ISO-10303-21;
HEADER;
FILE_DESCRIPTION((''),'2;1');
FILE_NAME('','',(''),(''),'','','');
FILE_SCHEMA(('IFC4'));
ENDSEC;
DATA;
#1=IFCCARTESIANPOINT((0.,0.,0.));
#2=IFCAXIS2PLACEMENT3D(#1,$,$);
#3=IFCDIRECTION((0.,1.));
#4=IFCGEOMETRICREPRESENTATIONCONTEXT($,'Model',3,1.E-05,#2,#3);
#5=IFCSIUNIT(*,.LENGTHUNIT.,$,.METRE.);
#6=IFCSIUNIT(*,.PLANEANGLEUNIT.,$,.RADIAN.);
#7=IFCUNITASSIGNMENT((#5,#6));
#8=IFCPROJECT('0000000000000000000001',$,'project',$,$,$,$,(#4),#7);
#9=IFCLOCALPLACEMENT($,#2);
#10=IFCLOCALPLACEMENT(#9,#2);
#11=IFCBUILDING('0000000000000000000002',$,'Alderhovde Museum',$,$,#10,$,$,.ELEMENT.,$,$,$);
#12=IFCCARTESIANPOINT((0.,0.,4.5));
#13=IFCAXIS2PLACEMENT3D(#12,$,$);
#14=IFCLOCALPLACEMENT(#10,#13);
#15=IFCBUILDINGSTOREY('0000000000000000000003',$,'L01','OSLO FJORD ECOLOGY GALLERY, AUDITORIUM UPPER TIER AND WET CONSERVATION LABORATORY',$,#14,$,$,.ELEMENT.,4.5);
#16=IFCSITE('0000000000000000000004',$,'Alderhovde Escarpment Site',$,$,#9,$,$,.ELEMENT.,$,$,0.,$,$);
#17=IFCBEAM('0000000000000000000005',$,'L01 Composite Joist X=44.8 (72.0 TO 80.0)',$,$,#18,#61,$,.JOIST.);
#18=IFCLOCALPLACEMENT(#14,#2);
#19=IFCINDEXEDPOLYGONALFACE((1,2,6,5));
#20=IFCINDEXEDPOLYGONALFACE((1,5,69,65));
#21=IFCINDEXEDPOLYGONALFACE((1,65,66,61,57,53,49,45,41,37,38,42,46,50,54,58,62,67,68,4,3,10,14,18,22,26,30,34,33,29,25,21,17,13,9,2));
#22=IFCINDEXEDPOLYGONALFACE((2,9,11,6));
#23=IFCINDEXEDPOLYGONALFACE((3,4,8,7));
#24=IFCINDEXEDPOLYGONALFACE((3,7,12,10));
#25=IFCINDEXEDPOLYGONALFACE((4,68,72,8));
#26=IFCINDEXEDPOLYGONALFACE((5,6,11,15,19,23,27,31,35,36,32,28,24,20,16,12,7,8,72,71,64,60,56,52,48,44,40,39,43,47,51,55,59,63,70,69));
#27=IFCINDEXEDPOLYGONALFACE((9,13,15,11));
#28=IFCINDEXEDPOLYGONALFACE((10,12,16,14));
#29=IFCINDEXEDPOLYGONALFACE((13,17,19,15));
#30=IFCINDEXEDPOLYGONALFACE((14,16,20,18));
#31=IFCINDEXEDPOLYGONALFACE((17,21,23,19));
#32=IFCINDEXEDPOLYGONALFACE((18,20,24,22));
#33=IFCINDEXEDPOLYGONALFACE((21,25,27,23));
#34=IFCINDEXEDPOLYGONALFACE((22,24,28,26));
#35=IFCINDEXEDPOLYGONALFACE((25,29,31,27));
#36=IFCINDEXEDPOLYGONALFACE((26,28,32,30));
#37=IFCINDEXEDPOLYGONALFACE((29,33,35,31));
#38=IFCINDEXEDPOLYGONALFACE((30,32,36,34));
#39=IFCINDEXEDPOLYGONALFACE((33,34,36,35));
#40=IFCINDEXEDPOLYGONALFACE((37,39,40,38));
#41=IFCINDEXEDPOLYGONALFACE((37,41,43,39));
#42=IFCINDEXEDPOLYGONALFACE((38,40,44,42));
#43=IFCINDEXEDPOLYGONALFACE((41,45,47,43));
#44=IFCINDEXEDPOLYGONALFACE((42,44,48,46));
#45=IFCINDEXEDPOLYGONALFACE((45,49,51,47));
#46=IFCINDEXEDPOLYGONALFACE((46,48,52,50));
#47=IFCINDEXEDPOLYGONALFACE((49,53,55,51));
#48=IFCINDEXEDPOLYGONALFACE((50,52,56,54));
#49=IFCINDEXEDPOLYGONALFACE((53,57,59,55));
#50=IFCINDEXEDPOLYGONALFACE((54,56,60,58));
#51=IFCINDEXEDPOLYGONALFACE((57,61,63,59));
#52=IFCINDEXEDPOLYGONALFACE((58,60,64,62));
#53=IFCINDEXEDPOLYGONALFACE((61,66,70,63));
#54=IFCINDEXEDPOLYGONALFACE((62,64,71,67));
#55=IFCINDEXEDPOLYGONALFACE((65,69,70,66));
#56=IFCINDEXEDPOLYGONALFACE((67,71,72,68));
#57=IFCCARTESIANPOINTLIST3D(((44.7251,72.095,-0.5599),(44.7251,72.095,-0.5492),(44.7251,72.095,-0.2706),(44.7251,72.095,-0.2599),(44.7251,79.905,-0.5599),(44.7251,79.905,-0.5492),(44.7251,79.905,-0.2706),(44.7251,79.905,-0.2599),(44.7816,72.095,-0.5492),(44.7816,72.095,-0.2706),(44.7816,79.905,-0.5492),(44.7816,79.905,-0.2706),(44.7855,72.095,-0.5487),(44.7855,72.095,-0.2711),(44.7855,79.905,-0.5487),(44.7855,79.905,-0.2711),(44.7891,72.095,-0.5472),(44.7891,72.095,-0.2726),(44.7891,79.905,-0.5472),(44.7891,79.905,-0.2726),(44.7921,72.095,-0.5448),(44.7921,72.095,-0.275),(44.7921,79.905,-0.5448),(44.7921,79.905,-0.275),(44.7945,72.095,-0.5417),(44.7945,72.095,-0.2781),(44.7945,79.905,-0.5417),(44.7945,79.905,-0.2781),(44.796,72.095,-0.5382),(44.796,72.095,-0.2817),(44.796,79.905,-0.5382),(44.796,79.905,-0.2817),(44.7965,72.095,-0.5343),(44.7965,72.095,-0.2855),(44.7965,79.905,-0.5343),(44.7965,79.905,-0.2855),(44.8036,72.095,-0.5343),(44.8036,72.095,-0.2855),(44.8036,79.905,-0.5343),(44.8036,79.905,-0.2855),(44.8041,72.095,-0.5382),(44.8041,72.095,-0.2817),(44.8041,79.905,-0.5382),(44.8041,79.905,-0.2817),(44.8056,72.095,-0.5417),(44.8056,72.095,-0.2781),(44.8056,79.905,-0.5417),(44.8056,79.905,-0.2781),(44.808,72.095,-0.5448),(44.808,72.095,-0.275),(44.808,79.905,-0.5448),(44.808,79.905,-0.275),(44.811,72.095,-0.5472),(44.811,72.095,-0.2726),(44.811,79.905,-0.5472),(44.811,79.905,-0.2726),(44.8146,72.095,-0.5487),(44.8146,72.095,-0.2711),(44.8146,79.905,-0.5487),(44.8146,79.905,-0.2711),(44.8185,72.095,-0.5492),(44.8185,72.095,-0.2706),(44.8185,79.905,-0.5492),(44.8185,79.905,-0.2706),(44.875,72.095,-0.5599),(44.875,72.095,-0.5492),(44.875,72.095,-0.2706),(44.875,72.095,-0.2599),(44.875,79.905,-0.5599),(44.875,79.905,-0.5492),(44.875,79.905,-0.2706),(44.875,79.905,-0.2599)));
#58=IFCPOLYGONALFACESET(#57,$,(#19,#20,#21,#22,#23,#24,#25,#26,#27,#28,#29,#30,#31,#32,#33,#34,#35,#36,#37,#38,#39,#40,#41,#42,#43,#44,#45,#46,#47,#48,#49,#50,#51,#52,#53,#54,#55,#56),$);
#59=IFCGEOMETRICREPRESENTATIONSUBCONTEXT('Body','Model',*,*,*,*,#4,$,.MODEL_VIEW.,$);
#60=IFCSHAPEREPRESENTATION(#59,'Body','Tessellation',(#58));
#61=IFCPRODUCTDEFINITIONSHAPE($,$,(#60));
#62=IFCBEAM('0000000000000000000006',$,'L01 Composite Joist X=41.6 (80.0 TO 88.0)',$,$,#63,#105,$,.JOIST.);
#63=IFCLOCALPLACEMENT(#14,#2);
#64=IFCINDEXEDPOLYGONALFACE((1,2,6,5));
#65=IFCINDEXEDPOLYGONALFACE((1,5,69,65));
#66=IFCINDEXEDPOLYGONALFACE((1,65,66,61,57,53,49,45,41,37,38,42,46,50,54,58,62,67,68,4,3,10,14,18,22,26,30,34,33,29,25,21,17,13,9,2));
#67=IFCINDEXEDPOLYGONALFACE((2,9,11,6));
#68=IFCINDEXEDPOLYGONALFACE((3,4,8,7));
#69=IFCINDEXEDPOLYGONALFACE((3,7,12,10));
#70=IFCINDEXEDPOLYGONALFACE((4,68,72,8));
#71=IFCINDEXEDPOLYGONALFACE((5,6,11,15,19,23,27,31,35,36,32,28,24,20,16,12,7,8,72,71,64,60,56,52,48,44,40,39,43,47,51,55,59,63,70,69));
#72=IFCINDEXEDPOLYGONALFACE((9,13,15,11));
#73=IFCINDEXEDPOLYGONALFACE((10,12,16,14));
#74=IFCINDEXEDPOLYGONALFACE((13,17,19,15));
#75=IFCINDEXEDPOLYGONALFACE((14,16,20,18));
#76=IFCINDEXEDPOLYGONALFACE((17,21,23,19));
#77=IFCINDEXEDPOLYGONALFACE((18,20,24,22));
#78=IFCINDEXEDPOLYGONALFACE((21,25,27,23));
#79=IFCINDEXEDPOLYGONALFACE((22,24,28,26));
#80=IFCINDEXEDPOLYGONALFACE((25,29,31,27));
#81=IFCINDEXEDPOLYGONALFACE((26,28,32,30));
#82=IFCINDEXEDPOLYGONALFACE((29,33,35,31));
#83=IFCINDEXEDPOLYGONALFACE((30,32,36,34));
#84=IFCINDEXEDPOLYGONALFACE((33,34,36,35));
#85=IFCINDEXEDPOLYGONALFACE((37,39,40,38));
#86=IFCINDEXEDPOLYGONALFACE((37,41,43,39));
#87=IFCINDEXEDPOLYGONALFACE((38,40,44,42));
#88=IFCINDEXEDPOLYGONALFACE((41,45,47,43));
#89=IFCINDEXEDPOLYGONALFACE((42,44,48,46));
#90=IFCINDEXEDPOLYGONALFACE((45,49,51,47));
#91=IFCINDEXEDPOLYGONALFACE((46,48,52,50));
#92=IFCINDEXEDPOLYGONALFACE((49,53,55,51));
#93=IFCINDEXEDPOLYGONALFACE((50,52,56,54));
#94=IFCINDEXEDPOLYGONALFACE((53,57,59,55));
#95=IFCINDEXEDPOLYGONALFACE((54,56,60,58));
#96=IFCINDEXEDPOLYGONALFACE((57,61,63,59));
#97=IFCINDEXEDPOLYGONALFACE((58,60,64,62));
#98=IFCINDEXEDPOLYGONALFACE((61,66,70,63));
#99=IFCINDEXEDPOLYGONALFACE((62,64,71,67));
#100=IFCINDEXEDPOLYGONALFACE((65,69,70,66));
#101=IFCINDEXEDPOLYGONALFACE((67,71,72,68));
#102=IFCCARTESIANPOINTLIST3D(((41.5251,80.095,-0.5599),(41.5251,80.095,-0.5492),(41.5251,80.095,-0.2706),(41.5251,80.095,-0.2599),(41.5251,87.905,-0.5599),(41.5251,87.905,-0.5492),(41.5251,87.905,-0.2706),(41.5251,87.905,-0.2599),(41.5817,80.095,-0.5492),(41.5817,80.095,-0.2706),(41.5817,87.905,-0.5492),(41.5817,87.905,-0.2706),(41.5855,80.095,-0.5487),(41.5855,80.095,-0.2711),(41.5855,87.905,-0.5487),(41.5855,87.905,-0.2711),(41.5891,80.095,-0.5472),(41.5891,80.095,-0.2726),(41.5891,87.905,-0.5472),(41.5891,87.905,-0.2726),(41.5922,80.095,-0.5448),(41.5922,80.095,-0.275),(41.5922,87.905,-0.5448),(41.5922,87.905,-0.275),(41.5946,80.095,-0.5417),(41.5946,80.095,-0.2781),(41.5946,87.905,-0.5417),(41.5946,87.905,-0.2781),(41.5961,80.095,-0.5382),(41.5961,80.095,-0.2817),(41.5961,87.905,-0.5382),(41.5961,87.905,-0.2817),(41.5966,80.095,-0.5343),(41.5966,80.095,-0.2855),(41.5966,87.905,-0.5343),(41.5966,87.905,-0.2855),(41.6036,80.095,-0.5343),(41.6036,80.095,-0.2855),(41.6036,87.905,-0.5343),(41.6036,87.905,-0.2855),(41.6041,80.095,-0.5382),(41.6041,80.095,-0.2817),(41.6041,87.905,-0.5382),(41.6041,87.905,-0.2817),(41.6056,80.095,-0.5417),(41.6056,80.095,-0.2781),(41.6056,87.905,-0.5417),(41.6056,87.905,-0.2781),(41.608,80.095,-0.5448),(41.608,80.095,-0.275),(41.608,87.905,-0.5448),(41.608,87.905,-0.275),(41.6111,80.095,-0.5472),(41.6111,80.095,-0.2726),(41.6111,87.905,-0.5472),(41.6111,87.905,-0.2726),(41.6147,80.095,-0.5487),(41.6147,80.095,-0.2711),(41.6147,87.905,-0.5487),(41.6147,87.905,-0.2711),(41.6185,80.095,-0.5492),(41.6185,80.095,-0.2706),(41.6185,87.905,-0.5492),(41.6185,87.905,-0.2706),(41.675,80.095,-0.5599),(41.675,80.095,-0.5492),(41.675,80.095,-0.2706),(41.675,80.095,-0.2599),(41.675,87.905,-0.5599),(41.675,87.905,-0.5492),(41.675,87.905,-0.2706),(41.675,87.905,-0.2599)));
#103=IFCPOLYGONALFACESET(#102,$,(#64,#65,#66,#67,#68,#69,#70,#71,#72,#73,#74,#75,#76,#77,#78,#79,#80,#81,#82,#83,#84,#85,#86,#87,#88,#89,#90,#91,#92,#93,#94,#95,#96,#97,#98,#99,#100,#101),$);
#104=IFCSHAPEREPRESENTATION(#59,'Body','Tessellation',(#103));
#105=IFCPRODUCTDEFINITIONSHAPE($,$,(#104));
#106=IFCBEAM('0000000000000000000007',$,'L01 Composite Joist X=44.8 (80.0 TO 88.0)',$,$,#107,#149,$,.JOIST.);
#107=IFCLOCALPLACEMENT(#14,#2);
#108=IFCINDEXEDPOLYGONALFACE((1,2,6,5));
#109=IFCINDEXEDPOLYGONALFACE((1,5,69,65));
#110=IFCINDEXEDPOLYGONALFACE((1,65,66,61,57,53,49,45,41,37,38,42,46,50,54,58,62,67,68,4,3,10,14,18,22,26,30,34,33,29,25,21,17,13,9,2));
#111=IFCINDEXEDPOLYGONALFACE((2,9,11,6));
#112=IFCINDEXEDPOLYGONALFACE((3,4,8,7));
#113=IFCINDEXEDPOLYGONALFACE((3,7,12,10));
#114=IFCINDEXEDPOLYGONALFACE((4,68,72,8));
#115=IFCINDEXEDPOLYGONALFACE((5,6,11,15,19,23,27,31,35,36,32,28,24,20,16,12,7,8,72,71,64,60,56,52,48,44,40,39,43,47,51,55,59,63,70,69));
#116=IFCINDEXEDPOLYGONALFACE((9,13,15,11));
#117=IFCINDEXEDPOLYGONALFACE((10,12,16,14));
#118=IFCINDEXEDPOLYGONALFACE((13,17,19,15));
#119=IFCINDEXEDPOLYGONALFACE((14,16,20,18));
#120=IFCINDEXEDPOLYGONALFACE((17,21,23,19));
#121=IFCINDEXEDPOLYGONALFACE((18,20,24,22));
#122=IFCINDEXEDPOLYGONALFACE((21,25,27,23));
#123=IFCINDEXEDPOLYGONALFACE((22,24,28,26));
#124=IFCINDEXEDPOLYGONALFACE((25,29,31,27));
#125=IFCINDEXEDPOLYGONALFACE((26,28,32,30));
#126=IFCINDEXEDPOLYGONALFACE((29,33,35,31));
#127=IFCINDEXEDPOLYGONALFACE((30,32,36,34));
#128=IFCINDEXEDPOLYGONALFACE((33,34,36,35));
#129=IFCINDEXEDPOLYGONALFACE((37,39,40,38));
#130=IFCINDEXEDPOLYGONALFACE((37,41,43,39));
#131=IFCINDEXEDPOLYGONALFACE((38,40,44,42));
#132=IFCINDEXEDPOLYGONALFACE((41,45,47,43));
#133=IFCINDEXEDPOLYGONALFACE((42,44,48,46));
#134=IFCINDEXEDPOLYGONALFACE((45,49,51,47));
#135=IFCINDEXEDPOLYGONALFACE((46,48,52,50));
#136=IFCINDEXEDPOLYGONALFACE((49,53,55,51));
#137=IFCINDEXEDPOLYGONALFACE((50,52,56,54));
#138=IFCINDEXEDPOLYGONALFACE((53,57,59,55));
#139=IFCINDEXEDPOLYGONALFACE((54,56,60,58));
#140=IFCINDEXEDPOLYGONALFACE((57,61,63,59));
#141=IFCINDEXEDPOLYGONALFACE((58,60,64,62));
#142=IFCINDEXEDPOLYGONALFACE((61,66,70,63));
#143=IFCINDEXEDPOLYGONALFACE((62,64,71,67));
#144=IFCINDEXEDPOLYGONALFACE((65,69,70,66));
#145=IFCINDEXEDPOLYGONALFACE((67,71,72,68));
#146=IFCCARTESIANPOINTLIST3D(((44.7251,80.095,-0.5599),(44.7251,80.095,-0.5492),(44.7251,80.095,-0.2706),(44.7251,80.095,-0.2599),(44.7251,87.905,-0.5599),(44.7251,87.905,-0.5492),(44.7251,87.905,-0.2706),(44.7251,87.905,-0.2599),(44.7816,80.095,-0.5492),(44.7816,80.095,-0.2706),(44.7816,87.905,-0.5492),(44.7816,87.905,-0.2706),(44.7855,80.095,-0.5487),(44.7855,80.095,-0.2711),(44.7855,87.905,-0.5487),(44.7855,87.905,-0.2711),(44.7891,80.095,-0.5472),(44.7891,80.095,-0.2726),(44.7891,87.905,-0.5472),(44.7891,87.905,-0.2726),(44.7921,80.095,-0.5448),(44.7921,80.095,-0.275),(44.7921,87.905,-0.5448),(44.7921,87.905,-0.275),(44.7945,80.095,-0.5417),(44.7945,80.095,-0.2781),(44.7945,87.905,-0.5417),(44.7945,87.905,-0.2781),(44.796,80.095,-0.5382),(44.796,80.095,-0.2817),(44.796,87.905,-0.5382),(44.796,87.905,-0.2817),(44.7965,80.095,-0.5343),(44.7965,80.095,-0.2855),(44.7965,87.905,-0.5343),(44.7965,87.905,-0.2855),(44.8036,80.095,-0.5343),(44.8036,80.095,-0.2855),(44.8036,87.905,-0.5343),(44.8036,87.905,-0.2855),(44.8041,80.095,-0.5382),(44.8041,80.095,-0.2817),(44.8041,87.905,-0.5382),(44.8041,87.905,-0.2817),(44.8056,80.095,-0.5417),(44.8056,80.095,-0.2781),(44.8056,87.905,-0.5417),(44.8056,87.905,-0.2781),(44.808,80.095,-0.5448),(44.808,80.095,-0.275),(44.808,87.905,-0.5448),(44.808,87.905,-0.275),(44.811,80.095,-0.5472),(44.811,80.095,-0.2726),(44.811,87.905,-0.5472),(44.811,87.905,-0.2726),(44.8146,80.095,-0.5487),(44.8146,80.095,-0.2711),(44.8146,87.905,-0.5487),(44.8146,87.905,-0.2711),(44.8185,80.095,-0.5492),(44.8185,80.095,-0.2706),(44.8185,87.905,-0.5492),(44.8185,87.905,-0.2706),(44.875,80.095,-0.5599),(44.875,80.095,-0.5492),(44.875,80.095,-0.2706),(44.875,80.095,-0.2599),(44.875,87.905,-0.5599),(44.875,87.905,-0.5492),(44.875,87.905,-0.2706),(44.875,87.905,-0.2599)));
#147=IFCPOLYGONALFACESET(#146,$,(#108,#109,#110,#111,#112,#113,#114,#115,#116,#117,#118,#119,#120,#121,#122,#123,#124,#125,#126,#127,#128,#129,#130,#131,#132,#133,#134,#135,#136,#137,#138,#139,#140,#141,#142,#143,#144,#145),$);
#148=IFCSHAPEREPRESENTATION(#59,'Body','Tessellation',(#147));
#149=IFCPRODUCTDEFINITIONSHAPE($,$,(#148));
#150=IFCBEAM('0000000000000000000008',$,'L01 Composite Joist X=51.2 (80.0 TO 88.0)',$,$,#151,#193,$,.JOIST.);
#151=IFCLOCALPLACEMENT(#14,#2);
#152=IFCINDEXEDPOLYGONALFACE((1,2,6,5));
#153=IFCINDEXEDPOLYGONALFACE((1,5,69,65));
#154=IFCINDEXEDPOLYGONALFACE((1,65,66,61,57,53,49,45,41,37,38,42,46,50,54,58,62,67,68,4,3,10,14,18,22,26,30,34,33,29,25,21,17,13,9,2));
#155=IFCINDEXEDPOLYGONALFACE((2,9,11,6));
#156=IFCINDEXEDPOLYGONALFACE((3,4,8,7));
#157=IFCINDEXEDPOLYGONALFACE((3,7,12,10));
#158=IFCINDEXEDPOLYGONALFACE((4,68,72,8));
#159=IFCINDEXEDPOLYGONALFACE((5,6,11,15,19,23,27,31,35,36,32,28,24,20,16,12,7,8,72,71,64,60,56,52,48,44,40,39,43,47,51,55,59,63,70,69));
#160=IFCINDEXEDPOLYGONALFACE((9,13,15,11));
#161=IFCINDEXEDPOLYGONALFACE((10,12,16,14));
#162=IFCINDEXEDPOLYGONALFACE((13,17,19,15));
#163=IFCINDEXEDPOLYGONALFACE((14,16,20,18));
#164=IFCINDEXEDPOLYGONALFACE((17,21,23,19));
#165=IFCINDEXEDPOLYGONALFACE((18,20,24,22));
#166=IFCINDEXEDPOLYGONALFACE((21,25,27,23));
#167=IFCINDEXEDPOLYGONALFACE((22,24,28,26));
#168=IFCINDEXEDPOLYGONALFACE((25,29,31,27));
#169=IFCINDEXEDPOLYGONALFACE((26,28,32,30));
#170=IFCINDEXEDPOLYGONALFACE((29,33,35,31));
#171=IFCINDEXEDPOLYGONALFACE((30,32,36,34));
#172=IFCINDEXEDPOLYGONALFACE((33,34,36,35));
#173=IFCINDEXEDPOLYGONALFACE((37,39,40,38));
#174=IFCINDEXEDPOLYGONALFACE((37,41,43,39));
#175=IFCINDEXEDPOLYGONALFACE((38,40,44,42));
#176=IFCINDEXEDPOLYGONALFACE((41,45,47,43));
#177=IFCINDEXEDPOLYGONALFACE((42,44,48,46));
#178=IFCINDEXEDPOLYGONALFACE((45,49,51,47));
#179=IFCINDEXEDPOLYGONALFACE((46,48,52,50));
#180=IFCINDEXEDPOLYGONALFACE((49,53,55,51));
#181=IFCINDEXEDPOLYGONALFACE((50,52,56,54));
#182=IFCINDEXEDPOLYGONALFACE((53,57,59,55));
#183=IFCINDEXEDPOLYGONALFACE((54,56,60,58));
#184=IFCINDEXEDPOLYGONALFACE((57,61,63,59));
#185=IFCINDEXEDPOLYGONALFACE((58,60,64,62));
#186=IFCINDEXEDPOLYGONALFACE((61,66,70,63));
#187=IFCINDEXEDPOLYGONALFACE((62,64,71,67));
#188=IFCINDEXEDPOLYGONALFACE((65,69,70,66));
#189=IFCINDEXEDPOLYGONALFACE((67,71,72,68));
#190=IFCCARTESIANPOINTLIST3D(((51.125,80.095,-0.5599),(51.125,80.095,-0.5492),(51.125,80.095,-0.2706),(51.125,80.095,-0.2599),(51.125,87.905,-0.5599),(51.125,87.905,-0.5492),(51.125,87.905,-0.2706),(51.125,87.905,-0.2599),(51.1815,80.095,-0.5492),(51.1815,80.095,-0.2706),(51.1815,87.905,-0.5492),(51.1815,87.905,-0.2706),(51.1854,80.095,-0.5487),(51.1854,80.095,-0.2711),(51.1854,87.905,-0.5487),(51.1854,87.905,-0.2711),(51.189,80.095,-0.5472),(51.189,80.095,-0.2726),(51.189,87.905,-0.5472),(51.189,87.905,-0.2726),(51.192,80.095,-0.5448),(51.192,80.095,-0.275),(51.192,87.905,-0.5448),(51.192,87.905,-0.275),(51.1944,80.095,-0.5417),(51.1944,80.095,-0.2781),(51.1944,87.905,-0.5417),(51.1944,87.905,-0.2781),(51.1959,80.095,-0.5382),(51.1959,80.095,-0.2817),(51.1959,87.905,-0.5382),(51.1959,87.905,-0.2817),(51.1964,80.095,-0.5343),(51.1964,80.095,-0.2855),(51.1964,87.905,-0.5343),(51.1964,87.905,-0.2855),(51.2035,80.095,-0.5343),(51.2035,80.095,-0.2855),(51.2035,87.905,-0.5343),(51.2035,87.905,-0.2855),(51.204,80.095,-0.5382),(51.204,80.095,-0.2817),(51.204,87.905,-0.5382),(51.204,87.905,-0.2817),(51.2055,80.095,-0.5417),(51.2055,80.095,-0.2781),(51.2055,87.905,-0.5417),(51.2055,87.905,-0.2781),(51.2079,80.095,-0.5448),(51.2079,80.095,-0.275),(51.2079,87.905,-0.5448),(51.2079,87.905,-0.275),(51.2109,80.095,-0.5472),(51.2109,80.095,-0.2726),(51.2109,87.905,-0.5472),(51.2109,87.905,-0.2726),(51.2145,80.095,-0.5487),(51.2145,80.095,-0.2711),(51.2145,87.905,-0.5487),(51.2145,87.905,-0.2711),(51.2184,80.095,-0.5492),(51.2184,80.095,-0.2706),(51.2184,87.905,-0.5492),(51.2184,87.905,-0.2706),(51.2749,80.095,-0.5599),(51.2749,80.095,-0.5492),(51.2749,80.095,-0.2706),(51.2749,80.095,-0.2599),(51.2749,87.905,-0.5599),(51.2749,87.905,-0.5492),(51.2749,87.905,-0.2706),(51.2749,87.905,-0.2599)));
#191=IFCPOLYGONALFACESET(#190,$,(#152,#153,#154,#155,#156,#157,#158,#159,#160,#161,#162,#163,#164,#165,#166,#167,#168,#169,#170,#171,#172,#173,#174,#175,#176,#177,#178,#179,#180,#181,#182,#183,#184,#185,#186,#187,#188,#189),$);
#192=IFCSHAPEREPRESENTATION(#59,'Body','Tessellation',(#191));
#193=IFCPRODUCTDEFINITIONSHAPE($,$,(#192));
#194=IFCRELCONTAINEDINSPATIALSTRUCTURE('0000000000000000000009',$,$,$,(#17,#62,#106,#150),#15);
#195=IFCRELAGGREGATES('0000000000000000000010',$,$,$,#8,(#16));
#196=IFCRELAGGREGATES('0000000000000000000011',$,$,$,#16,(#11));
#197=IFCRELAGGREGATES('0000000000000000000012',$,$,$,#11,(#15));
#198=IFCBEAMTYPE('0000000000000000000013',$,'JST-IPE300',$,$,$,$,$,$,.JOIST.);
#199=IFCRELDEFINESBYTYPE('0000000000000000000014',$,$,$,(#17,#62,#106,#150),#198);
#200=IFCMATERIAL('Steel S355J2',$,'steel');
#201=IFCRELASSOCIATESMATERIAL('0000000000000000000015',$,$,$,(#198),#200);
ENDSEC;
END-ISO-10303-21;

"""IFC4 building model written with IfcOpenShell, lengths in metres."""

from ifc_helpers import new_model, si_unit, direction, frame, origin, origin_2d, place, context, subcontext, project, spatial, i_section, extrude, material, material_profile, profile_set, type_object, element, save


model = new_model("IFC4")

# Units and contexts
model_context = context("Model", 3, precision=1e-05, world=origin(), true_north=direction((0.0, 1.0)))
body_context = subcontext(model_context, "Body", "Model", "MODEL_VIEW")
ifc_project = project(units=[si_unit("LENGTHUNIT", "METRE"), si_unit("PLANEANGLEUNIT", "RADIAN")], contexts=[model_context])

# Site, building, storey
site_placement = place(None, origin())
site = spatial("IfcSite", under=ifc_project, at=site_placement, Name="Alderhovde Escarpment Site", CompositionType="ELEMENT", RefElevation=0.0)
building_placement = place(site_placement, origin())
building = spatial("IfcBuilding", under=site, at=building_placement, Name="Alderhovde Museum", CompositionType="ELEMENT")
storey_placement = place(building_placement, frame((0.0, 0.0, 4.5)))
storey = spatial("IfcBuildingStorey", under=building, at=storey_placement, Name="L01", Description="OSLO FJORD ECOLOGY GALLERY, AUDITORIUM UPPER TIER AND WET CONSERVATION LABORATORY", CompositionType="ELEMENT", Elevation=4.5)

# Beams
ifc_material_1 = material(Name="Steel S355J2", Category="steel")
ifc_material_profile_1 = material_profile(ifc_material_1, i_section(OverallWidth=0.1499, OverallDepth=0.3, WebThickness=0.0071, FlangeThickness=0.0107, FilletRadius=0.0149, at=origin_2d()), Name="IPE 300")
ifc_profile_set_1 = profile_set([ifc_material_profile_1], Name="Steel S355J2")
beam_type_1 = type_object("IfcBeamType", Name="JST-IPE300", PredefinedType="JOIST", material=ifc_profile_set_1)
for number, where, z_axis, x_axis, name in (
    (1, (44.8, 72.095, -0.4099), (0.0, 1.0, 0.0), (-1.0, 0.0, 0.0), "L01 Composite Joist X=44.8 (72.0 TO 80.0)"),
    (2, (41.6001, 80.095, -0.4099), (0.0, 1.0, 0.0), (-1.0, 0.0, 0.0), "L01 Composite Joist X=41.6 (80.0 TO 88.0)"),
    (3, (44.8, 80.095, -0.4099), (0.0, 1.0, 0.0), (-1.0, 0.0, 0.0), "L01 Composite Joist X=44.8 (80.0 TO 88.0)"),
    (4, (51.2, 80.095, -0.4099), (0.0, 1.0, 0.0), (-1.0, 0.0, 0.0), "L01 Composite Joist X=51.2 (80.0 TO 88.0)"),
):
    element("IfcBeam", number, at=place(storey_placement, frame(where, z_axis=z_axis, x_axis=x_axis)), inside=storey, type_object=beam_type_1, Name=name, PredefinedType="JOIST", context=body_context, shape_type="SweptSolid", body=[
        extrude(i_section(OverallWidth=0.1499, OverallDepth=0.3, WebThickness=0.0071, FlangeThickness=0.0107, FilletRadius=0.0149, at=origin_2d()), origin(), (0.0, 0.0, 1.0), 7.8101),
    ])

save(model, "model.ifc")
